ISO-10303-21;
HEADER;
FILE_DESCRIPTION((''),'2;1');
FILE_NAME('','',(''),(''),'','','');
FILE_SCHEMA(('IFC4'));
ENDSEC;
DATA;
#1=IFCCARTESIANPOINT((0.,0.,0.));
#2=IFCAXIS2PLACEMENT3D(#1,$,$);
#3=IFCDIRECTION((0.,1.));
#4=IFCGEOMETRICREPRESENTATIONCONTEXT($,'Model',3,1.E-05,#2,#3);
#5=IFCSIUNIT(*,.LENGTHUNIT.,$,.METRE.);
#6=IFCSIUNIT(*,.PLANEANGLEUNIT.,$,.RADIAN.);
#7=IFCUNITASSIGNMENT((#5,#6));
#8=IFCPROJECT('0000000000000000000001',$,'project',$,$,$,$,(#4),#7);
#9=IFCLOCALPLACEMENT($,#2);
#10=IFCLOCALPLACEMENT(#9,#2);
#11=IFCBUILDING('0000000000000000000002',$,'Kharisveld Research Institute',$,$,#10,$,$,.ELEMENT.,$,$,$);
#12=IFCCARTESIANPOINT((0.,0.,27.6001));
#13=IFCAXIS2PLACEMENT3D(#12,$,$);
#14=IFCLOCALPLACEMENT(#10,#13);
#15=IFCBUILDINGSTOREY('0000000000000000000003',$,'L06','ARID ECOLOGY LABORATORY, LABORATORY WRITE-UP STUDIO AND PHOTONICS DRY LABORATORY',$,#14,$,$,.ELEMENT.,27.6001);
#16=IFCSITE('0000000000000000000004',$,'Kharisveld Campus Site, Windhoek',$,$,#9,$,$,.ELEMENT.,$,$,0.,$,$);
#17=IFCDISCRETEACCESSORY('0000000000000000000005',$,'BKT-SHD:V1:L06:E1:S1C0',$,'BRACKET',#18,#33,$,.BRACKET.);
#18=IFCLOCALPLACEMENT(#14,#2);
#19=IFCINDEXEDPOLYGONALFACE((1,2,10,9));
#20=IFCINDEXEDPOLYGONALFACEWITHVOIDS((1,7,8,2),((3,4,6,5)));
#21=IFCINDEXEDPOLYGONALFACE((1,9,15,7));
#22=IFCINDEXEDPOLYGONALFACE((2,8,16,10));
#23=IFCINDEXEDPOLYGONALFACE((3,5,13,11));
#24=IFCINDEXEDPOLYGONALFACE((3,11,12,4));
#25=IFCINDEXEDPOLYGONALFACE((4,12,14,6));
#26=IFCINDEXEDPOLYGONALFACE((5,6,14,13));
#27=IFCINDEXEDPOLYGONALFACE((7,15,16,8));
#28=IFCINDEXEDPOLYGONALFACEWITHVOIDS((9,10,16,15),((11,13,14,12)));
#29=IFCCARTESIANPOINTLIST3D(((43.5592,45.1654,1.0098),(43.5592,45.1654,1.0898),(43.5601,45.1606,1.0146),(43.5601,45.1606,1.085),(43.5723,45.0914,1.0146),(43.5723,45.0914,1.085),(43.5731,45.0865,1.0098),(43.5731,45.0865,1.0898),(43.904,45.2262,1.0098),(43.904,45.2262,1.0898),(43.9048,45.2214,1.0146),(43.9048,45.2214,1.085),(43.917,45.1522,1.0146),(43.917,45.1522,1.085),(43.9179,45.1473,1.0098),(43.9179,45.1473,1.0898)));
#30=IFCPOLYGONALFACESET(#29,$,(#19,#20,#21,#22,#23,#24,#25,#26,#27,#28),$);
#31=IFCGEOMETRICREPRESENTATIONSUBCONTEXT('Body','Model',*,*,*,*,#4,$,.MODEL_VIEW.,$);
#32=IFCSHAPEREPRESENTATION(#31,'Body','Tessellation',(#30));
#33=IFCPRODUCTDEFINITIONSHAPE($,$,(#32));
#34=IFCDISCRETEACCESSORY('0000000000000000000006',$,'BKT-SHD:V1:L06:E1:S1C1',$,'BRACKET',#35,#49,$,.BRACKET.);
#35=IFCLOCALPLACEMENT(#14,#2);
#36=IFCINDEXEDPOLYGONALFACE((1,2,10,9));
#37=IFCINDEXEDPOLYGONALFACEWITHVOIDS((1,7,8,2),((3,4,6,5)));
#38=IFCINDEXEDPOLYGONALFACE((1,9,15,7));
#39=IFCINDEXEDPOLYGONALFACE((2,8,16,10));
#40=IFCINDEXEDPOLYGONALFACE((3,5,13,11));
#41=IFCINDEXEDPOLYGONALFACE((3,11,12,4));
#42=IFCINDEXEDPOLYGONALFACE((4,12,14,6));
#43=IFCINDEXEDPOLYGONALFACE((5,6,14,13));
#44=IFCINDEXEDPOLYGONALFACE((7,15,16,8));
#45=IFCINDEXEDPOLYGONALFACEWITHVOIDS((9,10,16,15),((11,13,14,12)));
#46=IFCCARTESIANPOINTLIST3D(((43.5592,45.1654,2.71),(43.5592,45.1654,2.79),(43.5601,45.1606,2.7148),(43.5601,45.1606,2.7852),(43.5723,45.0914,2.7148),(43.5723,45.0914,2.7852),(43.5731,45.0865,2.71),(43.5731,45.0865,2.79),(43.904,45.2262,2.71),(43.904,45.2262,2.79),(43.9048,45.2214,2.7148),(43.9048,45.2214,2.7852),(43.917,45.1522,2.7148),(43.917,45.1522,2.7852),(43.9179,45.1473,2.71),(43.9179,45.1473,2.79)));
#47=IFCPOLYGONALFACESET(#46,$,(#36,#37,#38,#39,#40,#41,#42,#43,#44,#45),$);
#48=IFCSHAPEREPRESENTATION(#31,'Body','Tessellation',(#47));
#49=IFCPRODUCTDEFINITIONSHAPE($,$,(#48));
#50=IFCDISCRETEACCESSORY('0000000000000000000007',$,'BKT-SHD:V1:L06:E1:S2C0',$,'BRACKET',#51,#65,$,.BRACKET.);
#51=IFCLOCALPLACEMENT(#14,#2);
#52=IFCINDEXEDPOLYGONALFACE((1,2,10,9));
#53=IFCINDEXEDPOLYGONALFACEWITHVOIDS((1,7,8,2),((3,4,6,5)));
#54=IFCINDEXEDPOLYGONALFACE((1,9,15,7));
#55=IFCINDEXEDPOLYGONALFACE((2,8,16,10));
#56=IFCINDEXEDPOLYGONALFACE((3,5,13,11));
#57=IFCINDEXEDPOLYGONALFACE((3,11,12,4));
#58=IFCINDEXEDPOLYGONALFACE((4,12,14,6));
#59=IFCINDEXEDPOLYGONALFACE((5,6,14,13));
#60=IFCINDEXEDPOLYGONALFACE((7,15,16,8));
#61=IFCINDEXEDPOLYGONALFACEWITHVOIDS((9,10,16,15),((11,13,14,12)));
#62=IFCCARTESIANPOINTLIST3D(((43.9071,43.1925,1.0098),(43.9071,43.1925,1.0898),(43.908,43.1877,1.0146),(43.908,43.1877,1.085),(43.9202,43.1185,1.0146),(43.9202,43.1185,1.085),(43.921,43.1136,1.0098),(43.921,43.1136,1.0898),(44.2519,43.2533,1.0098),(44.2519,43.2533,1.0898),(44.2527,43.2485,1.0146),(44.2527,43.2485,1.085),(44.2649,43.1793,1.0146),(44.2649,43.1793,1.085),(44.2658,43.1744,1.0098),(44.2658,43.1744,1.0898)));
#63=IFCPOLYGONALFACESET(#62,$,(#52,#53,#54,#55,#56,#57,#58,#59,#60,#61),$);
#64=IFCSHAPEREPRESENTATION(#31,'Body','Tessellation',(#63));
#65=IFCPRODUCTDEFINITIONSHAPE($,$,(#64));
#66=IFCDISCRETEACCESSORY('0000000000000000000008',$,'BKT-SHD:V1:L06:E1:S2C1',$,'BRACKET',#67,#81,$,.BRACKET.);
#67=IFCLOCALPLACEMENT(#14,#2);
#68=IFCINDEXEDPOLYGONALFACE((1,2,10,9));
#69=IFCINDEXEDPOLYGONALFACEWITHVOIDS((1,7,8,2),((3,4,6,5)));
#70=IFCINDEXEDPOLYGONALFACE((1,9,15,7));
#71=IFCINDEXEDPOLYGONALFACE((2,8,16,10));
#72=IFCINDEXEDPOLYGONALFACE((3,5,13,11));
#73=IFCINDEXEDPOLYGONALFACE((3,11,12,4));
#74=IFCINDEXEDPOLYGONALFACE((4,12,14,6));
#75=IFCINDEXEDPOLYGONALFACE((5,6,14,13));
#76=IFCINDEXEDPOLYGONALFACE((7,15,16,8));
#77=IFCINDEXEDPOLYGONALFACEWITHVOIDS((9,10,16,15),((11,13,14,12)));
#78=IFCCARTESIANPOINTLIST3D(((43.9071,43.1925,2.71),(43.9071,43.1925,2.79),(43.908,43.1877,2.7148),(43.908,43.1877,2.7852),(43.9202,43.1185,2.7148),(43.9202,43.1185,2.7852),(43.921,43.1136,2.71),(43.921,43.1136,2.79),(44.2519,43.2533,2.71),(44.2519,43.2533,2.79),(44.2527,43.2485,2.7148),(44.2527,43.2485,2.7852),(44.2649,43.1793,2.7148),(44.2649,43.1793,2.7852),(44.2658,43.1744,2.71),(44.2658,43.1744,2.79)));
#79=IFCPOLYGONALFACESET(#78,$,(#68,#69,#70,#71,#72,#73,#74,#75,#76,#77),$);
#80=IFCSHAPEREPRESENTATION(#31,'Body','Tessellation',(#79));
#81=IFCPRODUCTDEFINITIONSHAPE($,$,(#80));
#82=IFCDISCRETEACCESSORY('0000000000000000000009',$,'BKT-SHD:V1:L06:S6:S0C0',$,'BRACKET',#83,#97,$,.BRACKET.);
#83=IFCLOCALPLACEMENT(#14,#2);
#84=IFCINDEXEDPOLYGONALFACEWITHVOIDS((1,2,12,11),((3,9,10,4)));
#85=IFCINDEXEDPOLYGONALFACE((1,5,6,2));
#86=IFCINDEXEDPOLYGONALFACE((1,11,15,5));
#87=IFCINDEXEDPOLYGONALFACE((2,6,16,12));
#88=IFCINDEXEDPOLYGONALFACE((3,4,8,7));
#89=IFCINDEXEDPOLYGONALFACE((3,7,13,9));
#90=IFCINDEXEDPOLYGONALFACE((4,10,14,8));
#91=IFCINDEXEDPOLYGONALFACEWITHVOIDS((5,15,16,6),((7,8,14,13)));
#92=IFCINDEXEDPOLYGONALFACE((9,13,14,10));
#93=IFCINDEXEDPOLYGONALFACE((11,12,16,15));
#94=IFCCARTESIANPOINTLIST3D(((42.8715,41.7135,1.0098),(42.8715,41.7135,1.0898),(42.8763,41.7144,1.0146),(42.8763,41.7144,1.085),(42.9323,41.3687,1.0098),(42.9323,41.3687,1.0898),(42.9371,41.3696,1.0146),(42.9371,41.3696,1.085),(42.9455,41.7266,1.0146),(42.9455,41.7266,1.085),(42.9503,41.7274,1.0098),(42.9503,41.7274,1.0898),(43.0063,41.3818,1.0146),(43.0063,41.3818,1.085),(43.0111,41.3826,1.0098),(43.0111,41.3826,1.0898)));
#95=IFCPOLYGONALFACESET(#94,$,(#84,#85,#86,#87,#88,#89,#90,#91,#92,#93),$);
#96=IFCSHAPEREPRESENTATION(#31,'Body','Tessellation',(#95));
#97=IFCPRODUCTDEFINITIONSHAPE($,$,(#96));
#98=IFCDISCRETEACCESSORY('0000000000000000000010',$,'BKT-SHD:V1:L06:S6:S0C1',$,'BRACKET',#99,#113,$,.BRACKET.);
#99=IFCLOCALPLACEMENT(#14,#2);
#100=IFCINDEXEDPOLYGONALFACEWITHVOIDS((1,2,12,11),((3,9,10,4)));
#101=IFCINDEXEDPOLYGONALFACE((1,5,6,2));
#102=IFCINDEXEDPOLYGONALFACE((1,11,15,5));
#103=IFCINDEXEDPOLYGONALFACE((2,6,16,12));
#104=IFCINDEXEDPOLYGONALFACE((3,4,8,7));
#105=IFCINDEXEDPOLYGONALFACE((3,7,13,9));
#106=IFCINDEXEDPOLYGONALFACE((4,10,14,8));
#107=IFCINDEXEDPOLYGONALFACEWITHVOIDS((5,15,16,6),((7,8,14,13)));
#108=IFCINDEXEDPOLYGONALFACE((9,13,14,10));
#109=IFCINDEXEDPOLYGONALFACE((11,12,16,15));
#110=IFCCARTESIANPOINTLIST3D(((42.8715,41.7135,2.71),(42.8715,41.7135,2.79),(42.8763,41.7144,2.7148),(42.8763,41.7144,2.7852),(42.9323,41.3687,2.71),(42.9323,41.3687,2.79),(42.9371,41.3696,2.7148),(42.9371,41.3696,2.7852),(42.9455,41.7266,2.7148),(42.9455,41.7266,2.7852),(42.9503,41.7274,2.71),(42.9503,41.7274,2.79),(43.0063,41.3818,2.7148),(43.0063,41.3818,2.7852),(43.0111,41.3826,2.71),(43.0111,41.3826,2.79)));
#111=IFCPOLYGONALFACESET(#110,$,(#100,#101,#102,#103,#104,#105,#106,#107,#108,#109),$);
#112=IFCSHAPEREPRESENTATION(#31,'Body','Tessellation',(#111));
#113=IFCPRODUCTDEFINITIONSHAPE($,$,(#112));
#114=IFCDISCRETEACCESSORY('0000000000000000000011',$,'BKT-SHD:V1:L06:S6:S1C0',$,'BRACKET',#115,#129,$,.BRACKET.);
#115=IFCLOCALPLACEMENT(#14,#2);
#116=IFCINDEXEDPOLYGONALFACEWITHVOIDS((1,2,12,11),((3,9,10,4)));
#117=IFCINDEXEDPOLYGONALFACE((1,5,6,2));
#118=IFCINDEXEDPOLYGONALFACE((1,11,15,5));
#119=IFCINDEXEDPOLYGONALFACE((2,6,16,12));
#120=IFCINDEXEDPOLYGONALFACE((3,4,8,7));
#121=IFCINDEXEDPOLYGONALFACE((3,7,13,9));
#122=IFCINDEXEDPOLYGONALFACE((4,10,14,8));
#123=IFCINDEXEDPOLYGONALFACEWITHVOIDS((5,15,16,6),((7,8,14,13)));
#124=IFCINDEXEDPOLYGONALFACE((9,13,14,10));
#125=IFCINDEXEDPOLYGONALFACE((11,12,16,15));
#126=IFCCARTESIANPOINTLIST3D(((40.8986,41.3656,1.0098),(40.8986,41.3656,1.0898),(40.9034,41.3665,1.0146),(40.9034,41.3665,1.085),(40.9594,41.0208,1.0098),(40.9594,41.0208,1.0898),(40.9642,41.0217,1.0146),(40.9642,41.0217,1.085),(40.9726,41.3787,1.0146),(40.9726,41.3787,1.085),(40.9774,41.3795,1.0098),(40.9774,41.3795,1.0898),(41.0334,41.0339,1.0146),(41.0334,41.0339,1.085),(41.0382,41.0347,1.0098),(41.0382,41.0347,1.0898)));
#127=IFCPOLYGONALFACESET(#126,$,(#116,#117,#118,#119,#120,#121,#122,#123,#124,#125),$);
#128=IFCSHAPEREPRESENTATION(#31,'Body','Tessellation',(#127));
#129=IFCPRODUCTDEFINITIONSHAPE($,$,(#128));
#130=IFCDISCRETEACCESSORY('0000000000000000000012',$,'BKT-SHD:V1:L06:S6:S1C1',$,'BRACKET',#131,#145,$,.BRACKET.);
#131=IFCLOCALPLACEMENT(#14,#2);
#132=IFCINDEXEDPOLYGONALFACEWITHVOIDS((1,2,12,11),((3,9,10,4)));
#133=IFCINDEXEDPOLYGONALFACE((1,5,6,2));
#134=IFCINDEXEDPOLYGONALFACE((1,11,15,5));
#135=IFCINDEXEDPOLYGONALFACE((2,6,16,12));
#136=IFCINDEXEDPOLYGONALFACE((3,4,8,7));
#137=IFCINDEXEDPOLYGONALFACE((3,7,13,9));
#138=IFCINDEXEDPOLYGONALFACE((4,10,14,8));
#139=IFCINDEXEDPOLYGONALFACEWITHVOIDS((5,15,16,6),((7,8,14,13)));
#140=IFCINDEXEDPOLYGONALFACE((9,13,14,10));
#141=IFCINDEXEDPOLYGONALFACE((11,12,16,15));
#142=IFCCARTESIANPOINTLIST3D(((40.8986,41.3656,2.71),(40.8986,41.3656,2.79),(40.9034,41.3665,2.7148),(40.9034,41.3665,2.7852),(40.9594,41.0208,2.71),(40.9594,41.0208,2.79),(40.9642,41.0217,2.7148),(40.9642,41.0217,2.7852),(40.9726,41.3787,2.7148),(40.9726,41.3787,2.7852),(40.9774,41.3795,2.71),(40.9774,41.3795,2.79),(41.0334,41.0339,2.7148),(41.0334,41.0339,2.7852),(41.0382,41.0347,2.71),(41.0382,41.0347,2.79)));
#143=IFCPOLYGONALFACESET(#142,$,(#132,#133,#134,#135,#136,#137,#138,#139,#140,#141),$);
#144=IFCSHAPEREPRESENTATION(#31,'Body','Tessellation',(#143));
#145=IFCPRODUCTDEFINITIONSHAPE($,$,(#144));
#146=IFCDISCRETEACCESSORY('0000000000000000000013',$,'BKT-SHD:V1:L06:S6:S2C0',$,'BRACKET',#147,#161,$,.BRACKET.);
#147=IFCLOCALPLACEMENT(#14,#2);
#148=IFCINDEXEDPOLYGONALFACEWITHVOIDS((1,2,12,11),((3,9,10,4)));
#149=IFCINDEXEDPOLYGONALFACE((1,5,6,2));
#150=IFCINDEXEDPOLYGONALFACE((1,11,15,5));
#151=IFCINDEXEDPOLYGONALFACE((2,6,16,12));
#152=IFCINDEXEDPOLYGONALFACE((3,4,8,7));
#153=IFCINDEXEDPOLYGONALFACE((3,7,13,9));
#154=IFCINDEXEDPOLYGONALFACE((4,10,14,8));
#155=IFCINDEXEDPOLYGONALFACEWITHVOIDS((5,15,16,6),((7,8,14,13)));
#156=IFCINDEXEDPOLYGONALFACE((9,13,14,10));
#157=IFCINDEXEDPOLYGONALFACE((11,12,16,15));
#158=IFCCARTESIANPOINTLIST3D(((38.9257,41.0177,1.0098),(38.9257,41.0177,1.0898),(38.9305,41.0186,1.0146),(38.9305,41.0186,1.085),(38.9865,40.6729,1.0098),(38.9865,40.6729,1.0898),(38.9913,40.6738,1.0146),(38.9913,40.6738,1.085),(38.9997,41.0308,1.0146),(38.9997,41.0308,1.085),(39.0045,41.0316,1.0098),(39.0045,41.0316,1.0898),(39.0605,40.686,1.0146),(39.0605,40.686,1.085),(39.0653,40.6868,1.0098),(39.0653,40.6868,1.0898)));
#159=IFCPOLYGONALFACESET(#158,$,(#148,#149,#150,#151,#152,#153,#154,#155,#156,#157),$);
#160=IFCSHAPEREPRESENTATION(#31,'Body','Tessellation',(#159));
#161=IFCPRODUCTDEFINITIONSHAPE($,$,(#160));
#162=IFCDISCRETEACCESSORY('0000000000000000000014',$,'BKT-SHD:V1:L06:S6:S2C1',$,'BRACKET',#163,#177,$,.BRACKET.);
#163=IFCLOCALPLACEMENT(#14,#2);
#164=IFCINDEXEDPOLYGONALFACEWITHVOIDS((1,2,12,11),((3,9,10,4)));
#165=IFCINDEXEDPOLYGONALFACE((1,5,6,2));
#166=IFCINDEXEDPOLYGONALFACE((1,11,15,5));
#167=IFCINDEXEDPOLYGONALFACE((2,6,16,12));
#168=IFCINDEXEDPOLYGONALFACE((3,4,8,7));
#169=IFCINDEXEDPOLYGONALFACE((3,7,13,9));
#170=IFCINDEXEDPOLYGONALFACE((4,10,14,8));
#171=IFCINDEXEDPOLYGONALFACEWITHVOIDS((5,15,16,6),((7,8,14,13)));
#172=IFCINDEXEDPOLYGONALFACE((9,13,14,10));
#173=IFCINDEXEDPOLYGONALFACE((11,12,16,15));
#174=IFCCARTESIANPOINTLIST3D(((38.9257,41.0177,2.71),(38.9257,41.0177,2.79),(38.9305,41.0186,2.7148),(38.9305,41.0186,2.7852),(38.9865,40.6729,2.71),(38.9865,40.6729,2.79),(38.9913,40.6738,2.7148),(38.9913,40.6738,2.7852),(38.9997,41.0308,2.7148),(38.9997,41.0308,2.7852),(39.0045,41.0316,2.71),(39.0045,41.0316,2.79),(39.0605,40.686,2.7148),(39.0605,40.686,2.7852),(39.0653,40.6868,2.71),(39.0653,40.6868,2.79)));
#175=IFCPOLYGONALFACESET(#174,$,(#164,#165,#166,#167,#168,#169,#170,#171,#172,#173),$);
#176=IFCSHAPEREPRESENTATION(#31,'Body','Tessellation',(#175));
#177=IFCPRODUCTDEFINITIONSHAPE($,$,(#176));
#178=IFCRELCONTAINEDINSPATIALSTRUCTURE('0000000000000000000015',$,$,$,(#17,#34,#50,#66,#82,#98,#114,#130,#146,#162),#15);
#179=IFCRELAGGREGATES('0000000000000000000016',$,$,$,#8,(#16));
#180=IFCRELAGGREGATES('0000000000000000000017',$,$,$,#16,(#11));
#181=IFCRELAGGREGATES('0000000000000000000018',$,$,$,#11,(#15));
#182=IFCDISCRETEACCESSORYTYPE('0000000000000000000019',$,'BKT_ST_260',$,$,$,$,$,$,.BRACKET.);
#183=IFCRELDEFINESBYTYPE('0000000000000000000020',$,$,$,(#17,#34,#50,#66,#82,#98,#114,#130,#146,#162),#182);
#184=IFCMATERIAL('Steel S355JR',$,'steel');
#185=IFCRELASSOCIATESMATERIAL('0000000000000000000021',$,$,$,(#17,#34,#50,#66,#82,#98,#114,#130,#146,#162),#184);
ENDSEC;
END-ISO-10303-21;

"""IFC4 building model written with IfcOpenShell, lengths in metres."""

from ifc_helpers import new_model, si_unit, direction, frame, origin, origin_2d, place, context, subcontext, project, spatial, hollow_rectangle, extrude, material, type_object, element, save


model = new_model("IFC4")

# Units and contexts
model_context = context("Model", 3, precision=1e-05, world=origin(), true_north=direction((0.0, 1.0)))
body_context = subcontext(model_context, "Body", "Model", "MODEL_VIEW")
ifc_project = project(units=[si_unit("LENGTHUNIT", "METRE"), si_unit("PLANEANGLEUNIT", "RADIAN")], contexts=[model_context])

# Site, building, storey
site_placement = place(None, origin())
site = spatial("IfcSite", under=ifc_project, at=site_placement, Name="Kharisveld Campus Site, Windhoek", CompositionType="ELEMENT", RefElevation=0.0)
building_placement = place(site_placement, origin())
building = spatial("IfcBuilding", under=site, at=building_placement, Name="Kharisveld Research Institute", CompositionType="ELEMENT")
storey_placement = place(building_placement, frame((0.0, 0.0, 27.6001)))
storey = spatial("IfcBuildingStorey", under=building, at=storey_placement, Name="L06", Description="ARID ECOLOGY LABORATORY, LABORATORY WRITE-UP STUDIO AND PHOTONICS DRY LABORATORY", CompositionType="ELEMENT", Elevation=27.6001)

# Discrete accessories
ifc_material_1 = material(Name="Steel S355JR", Category="steel")
discrete_accessory_type = type_object("IfcDiscreteAccessoryType", Name="BKT_ST_260", PredefinedType="BRACKET")
for number, where, z_axis, x_axis, name in (
    (1, (43.5662, 45.126, 1.0498), (0.984805, 0.173666, 0.0), (-0.173666, 0.984805, 0.0), "BKT-SHD:V1:L06:E1:S1C0"),
    (2, (43.5662, 45.126, 2.75), (0.984805, 0.173666, 0.0), (-0.173666, 0.984805, 0.0), "BKT-SHD:V1:L06:E1:S1C1"),
    (3, (43.9141, 43.1531, 1.0498), (0.984805, 0.173666, 0.0), (-0.173666, 0.984805, 0.0), "BKT-SHD:V1:L06:E1:S2C0"),
    (4, (43.9141, 43.1531, 2.75), (0.984805, 0.173666, 0.0), (-0.173666, 0.984805, 0.0), "BKT-SHD:V1:L06:E1:S2C1"),
    (5, (42.9109, 41.7205, 1.0498), (0.173666, -0.984805, 0.0), (0.984805, 0.173666, 0.0), "BKT-SHD:V1:L06:S6:S0C0"),
    (6, (42.9109, 41.7205, 2.75), (0.173666, -0.984805, 0.0), (0.984805, 0.173666, 0.0), "BKT-SHD:V1:L06:S6:S0C1"),
    (7, (40.938, 41.3726, 1.0498), (0.173666, -0.984805, 0.0), (0.984805, 0.173666, 0.0), "BKT-SHD:V1:L06:S6:S1C0"),
    (8, (40.938, 41.3726, 2.75), (0.173666, -0.984805, 0.0), (0.984805, 0.173666, 0.0), "BKT-SHD:V1:L06:S6:S1C1"),
    (9, (38.9651, 41.0247, 1.0498), (0.173666, -0.984805, 0.0), (0.984805, 0.173666, 0.0), "BKT-SHD:V1:L06:S6:S2C0"),
    (10, (38.9651, 41.0247, 2.75), (0.173666, -0.984805, 0.0), (0.984805, 0.173666, 0.0), "BKT-SHD:V1:L06:S6:S2C1"),
):
    element("IfcDiscreteAccessory", number, at=place(storey_placement, frame(where, z_axis=z_axis, x_axis=x_axis)), inside=storey, type_object=discrete_accessory_type, material=ifc_material_1, Name=name, ObjectType="BRACKET", PredefinedType="BRACKET", context=body_context, shape_type="SweptSolid", body=[
        extrude(hollow_rectangle(XDim=0.0801, YDim=0.0801, WallThickness=0.0049, at=origin_2d()), origin(), (0.0, 0.0, 1.0), 0.3501),
    ])

save(model, "model.ifc")
